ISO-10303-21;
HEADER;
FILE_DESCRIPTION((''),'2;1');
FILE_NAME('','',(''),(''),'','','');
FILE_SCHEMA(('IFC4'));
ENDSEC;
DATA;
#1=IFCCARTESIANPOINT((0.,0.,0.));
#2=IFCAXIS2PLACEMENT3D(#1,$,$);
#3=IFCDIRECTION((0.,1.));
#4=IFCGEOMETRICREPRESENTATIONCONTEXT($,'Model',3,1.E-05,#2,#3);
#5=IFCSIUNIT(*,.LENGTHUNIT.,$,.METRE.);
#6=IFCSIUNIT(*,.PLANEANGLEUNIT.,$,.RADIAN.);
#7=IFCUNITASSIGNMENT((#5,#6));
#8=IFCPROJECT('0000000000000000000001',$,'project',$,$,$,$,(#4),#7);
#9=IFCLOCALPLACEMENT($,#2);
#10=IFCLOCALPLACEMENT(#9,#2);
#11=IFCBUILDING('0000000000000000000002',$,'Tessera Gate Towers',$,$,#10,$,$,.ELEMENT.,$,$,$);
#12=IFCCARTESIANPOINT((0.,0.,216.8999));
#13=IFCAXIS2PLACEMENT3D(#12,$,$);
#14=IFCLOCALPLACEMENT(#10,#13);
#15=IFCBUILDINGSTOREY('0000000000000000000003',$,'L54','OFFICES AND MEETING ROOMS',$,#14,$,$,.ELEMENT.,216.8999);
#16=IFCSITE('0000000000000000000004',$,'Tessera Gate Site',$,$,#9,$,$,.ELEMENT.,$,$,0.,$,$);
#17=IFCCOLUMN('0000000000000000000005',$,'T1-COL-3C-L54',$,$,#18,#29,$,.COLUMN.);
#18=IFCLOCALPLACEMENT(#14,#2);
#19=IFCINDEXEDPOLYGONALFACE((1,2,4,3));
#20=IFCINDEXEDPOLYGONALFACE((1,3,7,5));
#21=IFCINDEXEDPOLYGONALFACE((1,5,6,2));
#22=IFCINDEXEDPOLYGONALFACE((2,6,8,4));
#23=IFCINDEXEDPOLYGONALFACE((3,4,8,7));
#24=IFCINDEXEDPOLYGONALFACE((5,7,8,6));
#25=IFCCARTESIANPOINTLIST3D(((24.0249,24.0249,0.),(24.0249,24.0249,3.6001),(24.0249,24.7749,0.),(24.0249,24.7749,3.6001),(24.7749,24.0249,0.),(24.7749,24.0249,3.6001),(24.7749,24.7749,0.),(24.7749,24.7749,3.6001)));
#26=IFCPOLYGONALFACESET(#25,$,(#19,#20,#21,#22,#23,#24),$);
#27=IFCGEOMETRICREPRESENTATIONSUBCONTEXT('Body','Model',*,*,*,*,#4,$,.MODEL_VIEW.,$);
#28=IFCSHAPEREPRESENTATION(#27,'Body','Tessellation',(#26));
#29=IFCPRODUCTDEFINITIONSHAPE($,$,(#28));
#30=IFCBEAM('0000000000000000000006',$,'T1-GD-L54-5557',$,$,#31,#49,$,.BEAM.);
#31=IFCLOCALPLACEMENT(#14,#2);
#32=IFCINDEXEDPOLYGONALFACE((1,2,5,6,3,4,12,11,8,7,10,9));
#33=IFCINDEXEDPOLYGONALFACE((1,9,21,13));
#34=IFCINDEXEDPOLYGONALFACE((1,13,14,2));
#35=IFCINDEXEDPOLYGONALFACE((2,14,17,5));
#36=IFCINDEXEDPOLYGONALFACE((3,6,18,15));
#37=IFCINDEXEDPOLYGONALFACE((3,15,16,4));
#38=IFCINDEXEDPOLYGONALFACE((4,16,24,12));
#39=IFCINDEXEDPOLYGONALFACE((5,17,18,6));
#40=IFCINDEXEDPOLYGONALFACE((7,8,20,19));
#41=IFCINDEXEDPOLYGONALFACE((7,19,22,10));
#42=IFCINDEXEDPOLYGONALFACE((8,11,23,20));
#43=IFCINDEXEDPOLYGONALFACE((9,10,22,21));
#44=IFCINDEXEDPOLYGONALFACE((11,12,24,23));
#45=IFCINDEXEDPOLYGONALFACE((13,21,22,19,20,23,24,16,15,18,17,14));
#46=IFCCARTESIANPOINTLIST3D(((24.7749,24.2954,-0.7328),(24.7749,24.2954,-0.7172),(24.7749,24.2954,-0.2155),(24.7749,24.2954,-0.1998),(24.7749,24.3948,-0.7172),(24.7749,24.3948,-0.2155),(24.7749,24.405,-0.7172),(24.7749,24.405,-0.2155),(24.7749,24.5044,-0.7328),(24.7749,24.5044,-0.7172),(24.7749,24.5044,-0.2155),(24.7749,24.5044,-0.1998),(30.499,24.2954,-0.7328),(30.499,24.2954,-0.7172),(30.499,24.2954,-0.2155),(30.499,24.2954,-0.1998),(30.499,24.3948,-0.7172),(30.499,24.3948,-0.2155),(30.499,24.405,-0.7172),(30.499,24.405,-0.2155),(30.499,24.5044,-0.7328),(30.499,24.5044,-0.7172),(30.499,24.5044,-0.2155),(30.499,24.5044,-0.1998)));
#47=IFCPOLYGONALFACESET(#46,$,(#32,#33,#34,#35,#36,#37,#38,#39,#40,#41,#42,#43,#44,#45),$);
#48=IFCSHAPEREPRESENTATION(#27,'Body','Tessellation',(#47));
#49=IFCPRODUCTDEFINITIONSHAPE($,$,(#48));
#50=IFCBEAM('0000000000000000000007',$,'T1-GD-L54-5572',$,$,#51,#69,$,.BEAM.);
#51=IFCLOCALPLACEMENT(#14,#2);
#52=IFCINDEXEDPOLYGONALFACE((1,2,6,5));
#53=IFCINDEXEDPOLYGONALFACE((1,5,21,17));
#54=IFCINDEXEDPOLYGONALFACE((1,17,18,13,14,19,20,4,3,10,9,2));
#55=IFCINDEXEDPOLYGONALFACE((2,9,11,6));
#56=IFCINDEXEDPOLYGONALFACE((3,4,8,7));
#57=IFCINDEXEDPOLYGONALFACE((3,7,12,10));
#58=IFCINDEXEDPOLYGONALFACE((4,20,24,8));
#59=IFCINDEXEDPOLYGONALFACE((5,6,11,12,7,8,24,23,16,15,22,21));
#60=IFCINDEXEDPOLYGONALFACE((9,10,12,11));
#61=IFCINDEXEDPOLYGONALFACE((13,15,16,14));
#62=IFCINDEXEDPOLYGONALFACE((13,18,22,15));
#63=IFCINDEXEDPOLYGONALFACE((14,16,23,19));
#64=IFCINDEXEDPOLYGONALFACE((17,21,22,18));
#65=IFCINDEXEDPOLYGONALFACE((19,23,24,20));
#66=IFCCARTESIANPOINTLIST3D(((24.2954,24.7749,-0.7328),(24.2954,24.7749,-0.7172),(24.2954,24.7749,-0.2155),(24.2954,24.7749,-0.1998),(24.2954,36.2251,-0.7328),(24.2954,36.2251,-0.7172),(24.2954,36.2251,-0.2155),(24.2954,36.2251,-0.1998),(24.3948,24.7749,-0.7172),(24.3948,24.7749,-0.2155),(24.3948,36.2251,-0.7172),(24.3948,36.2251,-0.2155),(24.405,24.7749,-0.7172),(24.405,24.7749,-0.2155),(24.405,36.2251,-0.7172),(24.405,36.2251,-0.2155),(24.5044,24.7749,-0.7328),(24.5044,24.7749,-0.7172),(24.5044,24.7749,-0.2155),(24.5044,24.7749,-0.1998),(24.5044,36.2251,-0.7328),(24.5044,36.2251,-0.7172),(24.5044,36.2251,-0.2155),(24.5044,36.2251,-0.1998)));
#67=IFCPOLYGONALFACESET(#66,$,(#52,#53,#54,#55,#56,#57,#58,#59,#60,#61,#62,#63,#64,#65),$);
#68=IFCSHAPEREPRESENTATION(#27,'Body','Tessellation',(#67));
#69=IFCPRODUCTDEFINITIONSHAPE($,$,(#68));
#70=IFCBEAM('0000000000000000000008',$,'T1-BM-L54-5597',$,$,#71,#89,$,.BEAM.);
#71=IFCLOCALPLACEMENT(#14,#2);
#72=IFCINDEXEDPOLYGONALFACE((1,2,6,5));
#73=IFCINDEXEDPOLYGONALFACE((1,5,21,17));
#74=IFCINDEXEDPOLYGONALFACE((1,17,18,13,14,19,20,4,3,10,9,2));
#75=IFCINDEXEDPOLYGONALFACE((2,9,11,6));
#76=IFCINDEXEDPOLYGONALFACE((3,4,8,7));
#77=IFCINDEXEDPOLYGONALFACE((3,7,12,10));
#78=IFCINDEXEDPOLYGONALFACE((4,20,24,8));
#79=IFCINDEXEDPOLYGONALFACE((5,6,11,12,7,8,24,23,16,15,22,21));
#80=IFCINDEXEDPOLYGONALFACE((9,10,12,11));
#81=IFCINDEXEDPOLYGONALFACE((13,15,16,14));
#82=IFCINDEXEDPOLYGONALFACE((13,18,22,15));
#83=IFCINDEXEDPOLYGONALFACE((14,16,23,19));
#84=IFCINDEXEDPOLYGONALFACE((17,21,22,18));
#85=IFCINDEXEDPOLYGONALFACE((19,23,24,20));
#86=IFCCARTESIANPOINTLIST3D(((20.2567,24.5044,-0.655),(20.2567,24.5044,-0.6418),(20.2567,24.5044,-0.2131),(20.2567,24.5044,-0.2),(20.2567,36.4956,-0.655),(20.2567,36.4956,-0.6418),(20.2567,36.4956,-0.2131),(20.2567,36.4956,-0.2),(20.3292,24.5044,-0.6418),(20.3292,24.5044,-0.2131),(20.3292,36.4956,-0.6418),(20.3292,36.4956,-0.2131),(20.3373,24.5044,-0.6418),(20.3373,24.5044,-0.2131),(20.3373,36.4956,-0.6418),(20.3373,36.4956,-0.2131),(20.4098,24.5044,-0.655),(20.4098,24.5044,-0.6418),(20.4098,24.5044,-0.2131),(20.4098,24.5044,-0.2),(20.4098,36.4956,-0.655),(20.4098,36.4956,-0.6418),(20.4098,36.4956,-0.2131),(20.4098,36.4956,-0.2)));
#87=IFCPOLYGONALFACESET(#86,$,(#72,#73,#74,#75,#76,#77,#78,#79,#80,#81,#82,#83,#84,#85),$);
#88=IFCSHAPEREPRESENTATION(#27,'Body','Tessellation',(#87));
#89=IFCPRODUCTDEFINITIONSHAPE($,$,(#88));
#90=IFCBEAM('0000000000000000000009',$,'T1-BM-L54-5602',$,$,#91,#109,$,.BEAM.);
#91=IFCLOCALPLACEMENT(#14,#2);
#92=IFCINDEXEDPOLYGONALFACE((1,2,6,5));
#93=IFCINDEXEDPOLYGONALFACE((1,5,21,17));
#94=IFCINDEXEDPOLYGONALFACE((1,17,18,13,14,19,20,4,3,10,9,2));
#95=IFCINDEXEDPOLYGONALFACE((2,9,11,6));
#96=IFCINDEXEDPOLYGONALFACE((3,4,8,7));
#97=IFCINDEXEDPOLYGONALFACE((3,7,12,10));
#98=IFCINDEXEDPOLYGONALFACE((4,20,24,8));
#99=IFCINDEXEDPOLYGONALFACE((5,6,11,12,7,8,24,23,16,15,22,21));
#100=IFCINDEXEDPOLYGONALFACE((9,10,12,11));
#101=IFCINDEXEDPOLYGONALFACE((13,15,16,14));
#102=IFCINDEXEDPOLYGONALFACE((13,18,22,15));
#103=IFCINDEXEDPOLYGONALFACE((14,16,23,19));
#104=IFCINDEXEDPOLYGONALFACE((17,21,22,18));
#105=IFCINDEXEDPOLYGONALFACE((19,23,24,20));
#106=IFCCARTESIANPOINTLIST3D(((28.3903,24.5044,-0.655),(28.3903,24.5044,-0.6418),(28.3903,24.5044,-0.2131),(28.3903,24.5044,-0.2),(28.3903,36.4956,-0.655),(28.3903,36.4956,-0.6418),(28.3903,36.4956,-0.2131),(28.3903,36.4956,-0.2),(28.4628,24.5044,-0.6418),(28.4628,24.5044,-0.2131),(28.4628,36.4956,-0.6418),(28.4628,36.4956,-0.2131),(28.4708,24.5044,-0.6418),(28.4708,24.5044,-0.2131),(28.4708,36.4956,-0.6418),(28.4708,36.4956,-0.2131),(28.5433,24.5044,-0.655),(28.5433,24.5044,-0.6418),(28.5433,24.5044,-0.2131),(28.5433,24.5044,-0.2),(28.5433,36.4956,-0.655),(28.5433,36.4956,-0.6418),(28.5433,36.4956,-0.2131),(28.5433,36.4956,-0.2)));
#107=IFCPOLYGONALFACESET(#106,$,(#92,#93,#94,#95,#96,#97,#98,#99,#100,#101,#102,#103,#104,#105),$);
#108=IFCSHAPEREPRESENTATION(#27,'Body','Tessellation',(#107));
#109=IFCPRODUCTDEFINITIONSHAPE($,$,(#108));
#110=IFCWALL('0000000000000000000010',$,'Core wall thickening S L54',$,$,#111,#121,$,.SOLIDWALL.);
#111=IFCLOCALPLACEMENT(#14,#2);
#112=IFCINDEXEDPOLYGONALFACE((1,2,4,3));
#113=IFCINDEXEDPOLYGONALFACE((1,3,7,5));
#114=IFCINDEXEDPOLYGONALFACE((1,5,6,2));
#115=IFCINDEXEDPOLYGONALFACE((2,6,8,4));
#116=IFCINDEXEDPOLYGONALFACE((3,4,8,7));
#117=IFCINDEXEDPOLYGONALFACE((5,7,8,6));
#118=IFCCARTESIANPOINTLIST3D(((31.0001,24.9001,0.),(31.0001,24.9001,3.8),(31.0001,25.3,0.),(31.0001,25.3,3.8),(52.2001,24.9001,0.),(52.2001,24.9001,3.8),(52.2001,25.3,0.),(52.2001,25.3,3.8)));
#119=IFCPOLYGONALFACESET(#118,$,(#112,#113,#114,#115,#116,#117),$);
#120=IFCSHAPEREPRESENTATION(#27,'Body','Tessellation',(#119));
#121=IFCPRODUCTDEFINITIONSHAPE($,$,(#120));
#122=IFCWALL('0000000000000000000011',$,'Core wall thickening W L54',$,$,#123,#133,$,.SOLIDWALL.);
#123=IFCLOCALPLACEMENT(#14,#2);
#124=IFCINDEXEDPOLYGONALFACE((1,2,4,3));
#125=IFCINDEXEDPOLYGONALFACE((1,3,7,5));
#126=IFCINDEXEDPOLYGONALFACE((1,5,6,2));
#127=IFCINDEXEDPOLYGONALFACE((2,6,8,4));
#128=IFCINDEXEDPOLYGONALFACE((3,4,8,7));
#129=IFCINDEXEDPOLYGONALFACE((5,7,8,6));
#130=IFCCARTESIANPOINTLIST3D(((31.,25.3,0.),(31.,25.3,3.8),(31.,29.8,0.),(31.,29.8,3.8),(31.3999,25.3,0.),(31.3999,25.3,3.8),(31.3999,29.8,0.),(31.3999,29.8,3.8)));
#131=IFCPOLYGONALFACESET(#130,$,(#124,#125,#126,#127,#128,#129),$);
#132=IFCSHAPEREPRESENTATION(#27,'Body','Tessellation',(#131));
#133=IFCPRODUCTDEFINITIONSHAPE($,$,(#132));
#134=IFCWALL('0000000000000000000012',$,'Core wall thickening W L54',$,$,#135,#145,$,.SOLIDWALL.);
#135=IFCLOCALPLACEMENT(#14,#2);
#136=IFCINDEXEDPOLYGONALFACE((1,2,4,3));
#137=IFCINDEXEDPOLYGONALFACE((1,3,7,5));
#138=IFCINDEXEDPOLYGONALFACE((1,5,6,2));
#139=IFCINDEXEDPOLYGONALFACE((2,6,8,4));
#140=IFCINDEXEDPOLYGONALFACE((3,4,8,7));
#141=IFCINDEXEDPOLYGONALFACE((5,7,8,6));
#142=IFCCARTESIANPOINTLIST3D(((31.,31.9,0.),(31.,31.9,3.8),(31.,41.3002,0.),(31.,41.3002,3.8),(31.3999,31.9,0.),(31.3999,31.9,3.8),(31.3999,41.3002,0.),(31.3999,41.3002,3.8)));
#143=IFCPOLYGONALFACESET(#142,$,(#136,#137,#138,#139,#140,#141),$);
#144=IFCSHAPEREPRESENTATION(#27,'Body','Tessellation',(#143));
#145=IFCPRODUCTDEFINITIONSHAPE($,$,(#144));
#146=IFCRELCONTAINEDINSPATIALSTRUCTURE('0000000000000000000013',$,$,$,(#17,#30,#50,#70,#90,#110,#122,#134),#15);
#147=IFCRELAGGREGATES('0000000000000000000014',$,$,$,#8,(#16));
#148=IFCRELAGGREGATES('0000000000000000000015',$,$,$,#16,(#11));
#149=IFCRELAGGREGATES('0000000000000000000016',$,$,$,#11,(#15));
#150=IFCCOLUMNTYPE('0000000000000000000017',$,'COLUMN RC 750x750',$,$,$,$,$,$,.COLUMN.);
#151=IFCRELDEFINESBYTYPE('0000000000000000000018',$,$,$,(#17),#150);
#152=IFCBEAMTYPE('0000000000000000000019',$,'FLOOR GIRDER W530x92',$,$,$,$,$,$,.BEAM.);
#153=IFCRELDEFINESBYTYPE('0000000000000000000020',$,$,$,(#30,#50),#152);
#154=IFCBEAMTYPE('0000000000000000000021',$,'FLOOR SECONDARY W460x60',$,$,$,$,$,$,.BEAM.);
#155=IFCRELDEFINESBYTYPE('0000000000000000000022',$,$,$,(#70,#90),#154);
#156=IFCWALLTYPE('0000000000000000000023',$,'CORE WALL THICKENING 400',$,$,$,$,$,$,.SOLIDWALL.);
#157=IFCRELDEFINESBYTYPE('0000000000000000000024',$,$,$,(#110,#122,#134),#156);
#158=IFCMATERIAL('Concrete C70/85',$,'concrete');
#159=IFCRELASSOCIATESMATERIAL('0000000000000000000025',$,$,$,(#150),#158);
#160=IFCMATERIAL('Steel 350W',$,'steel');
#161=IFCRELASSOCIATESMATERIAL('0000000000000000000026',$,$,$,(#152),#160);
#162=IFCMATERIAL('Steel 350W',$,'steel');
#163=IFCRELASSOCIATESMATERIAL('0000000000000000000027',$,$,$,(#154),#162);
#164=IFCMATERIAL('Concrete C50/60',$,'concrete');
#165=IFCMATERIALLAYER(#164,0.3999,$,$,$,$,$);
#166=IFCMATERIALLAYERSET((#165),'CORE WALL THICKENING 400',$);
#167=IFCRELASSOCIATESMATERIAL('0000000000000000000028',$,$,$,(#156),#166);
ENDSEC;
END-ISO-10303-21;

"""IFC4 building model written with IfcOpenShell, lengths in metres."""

from ifc_helpers import new_model, si_unit, direction, frame, frame_2d, origin, origin_2d, place, context, subcontext, project, spatial, rectangle, i_section, extrude, material, layer, layer_set, material_profile, profile_set, type_object, element, save


model = new_model("IFC4")

# Units and contexts
model_context = context("Model", 3, precision=1e-05, world=origin(), true_north=direction((0.0, 1.0)))
body_context = subcontext(model_context, "Body", "Model", "MODEL_VIEW")
ifc_project = project(units=[si_unit("LENGTHUNIT", "METRE"), si_unit("PLANEANGLEUNIT", "RADIAN")], contexts=[model_context])

# Site, building, storey
site_placement = place(None, origin())
site = spatial("IfcSite", under=ifc_project, at=site_placement, Name="Tessera Gate Site", CompositionType="ELEMENT", RefElevation=0.0)
building_placement = place(site_placement, origin())
building = spatial("IfcBuilding", under=site, at=building_placement, Name="Tessera Gate Towers", CompositionType="ELEMENT")
storey_placement = place(building_placement, frame((0.0, 0.0, 216.8999)))
storey = spatial("IfcBuildingStorey", under=building, at=storey_placement, Name="L54", Description="OFFICES AND MEETING ROOMS", CompositionType="ELEMENT", Elevation=216.8999)

# Column
ifc_material_1 = material(Name="Concrete C70/85", Category="concrete")
ifc_material_profile_1 = material_profile(ifc_material_1, rectangle(XDim=0.75, YDim=0.75, at=origin_2d()), Name="RC 750x750")
ifc_profile_set_1 = profile_set([ifc_material_profile_1], Name="Concrete C70/85")
column_type = type_object("IfcColumnType", Name="COLUMN RC 750x750", PredefinedType="COLUMN", material=ifc_profile_set_1)
column_placement = place(storey_placement, frame((24.3999, 24.3999, 0.0), z_axis=(0.0, 0.0, 1.0), x_axis=(1.0, 0.0, 0.0)))
element("IfcColumn", 1, at=column_placement, inside=storey, type_object=column_type, Name="T1-COL-3C-L54", PredefinedType="COLUMN", context=body_context, shape_type="SweptSolid", body=[
    extrude(rectangle(XDim=0.75, YDim=0.75, at=origin_2d()), origin(), (0.0, 0.0, 1.0), 3.6001),
])

# Beams
ifc_material_2 = material(Name="Steel 350W", Category="steel")
ifc_material_profile_2 = material_profile(ifc_material_2, i_section(OverallWidth=0.209, OverallDepth=0.533, WebThickness=0.0103, FlangeThickness=0.0156, at=origin_2d()), Name="W530x92")
ifc_profile_set_2 = profile_set([ifc_material_profile_2], Name="Steel 350W")
beam_type_1 = type_object("IfcBeamType", Name="FLOOR GIRDER W530x92", PredefinedType="BEAM", material=ifc_profile_set_2)
beam_1_placement = place(storey_placement, frame((24.7749, 24.3999, -0.4663), z_axis=(1.0, 0.0, 0.0), x_axis=(0.0, 1.0, 0.0)))
element("IfcBeam", 2, at=beam_1_placement, inside=storey, type_object=beam_type_1, Name="T1-GD-L54-5557", PredefinedType="BEAM", context=body_context, shape_type="SweptSolid", body=[
    extrude(i_section(OverallWidth=0.209, OverallDepth=0.533, WebThickness=0.0103, FlangeThickness=0.0156, at=origin_2d()), origin(), (0.0, 0.0, 1.0), 5.7241),
])
beam_2_placement = place(storey_placement, frame((24.3999, 24.7749, -0.4663), z_axis=(0.0, 1.0, 0.0), x_axis=(-1.0, 0.0, 0.0)))
element("IfcBeam", 3, at=beam_2_placement, inside=storey, type_object=beam_type_1, Name="T1-GD-L54-5572", PredefinedType="BEAM", context=body_context, shape_type="SweptSolid", body=[
    extrude(i_section(OverallWidth=0.209, OverallDepth=0.533, WebThickness=0.0103, FlangeThickness=0.0156, at=origin_2d()), origin(), (0.0, 0.0, 1.0), 11.4502),
])
ifc_material_3 = material(Name="Steel 350W", Category="steel")
ifc_material_profile_3 = material_profile(ifc_material_3, i_section(OverallWidth=0.1531, OverallDepth=0.4551, WebThickness=0.0081, FlangeThickness=0.0132, at=origin_2d()), Name="W460x60")
ifc_profile_set_3 = profile_set([ifc_material_profile_3], Name="Steel 350W")
beam_type_2 = type_object("IfcBeamType", Name="FLOOR SECONDARY W460x60", PredefinedType="BEAM", material=ifc_profile_set_3)
for number, where, z_axis, x_axis, name in (
    (4, (20.3333, 24.5044, -0.4275), (0.0, 1.0, 0.0), (-1.0, 0.0, 0.0), "T1-BM-L54-5597"),
    (5, (28.4668, 24.5044, -0.4275), (0.0, 1.0, 0.0), (-1.0, 0.0, 0.0), "T1-BM-L54-5602"),
):
    element("IfcBeam", number, at=place(storey_placement, frame(where, z_axis=z_axis, x_axis=x_axis)), inside=storey, type_object=beam_type_2, Name=name, PredefinedType="BEAM", context=body_context, shape_type="SweptSolid", body=[
        extrude(i_section(OverallWidth=0.1531, OverallDepth=0.4551, WebThickness=0.0081, FlangeThickness=0.0132, at=origin_2d()), origin(), (0.0, 0.0, 1.0), 11.9912),
    ])

# Walls
ifc_material_4 = material(Name="Concrete C50/60", Category="concrete")
ifc_layer_1 = layer(ifc_material_4, 0.3999)
ifc_layer_set_1 = layer_set([ifc_layer_1], Name="CORE WALL THICKENING 400")
wall_type_1 = type_object("IfcWallType", Name="CORE WALL THICKENING 400", PredefinedType="SOLIDWALL", material=ifc_layer_set_1)
wall_1_placement = place(storey_placement, frame((31.0, 25.1001, 0.0), z_axis=(0.0, 0.0, 1.0), x_axis=(1.0, 0.0, 0.0)))
element("IfcWall", 6, at=wall_1_placement, inside=storey, type_object=wall_type_1, Name="Core wall thickening S L54", PredefinedType="SOLIDWALL", context=body_context, shape_type="SweptSolid", body=[
    extrude(rectangle(XDim=21.2, YDim=0.3999, at=frame_2d((10.6001, 0.0))), origin(), (0.0, 0.0, 1.0), 3.8),
])
wall_2_placement = place(storey_placement, frame((31.2, 25.3, 0.0), z_axis=(0.0, 0.0, 1.0), x_axis=(0.0, 1.0, 0.0)))
element("IfcWall", 7, at=wall_2_placement, inside=storey, type_object=wall_type_1, Name="Core wall thickening W L54", PredefinedType="SOLIDWALL", context=body_context, shape_type="SweptSolid", body=[
    extrude(rectangle(XDim=4.5, YDim=0.3999, at=frame_2d((2.25, 0.0))), origin(), (0.0, 0.0, 1.0), 3.8),
])
wall_3_placement = place(storey_placement, frame((31.2, 31.8999, 0.0), z_axis=(0.0, 0.0, 1.0), x_axis=(0.0, 1.0, 0.0)))
element("IfcWall", 8, at=wall_3_placement, inside=storey, type_object=wall_type_1, Name="Core wall thickening W L54", PredefinedType="SOLIDWALL", context=body_context, shape_type="SweptSolid", body=[
    extrude(rectangle(XDim=9.4001, YDim=0.3999, at=frame_2d((4.7002, 0.0))), origin(), (0.0, 0.0, 1.0), 3.8),
])

save(model, "model.ifc")
